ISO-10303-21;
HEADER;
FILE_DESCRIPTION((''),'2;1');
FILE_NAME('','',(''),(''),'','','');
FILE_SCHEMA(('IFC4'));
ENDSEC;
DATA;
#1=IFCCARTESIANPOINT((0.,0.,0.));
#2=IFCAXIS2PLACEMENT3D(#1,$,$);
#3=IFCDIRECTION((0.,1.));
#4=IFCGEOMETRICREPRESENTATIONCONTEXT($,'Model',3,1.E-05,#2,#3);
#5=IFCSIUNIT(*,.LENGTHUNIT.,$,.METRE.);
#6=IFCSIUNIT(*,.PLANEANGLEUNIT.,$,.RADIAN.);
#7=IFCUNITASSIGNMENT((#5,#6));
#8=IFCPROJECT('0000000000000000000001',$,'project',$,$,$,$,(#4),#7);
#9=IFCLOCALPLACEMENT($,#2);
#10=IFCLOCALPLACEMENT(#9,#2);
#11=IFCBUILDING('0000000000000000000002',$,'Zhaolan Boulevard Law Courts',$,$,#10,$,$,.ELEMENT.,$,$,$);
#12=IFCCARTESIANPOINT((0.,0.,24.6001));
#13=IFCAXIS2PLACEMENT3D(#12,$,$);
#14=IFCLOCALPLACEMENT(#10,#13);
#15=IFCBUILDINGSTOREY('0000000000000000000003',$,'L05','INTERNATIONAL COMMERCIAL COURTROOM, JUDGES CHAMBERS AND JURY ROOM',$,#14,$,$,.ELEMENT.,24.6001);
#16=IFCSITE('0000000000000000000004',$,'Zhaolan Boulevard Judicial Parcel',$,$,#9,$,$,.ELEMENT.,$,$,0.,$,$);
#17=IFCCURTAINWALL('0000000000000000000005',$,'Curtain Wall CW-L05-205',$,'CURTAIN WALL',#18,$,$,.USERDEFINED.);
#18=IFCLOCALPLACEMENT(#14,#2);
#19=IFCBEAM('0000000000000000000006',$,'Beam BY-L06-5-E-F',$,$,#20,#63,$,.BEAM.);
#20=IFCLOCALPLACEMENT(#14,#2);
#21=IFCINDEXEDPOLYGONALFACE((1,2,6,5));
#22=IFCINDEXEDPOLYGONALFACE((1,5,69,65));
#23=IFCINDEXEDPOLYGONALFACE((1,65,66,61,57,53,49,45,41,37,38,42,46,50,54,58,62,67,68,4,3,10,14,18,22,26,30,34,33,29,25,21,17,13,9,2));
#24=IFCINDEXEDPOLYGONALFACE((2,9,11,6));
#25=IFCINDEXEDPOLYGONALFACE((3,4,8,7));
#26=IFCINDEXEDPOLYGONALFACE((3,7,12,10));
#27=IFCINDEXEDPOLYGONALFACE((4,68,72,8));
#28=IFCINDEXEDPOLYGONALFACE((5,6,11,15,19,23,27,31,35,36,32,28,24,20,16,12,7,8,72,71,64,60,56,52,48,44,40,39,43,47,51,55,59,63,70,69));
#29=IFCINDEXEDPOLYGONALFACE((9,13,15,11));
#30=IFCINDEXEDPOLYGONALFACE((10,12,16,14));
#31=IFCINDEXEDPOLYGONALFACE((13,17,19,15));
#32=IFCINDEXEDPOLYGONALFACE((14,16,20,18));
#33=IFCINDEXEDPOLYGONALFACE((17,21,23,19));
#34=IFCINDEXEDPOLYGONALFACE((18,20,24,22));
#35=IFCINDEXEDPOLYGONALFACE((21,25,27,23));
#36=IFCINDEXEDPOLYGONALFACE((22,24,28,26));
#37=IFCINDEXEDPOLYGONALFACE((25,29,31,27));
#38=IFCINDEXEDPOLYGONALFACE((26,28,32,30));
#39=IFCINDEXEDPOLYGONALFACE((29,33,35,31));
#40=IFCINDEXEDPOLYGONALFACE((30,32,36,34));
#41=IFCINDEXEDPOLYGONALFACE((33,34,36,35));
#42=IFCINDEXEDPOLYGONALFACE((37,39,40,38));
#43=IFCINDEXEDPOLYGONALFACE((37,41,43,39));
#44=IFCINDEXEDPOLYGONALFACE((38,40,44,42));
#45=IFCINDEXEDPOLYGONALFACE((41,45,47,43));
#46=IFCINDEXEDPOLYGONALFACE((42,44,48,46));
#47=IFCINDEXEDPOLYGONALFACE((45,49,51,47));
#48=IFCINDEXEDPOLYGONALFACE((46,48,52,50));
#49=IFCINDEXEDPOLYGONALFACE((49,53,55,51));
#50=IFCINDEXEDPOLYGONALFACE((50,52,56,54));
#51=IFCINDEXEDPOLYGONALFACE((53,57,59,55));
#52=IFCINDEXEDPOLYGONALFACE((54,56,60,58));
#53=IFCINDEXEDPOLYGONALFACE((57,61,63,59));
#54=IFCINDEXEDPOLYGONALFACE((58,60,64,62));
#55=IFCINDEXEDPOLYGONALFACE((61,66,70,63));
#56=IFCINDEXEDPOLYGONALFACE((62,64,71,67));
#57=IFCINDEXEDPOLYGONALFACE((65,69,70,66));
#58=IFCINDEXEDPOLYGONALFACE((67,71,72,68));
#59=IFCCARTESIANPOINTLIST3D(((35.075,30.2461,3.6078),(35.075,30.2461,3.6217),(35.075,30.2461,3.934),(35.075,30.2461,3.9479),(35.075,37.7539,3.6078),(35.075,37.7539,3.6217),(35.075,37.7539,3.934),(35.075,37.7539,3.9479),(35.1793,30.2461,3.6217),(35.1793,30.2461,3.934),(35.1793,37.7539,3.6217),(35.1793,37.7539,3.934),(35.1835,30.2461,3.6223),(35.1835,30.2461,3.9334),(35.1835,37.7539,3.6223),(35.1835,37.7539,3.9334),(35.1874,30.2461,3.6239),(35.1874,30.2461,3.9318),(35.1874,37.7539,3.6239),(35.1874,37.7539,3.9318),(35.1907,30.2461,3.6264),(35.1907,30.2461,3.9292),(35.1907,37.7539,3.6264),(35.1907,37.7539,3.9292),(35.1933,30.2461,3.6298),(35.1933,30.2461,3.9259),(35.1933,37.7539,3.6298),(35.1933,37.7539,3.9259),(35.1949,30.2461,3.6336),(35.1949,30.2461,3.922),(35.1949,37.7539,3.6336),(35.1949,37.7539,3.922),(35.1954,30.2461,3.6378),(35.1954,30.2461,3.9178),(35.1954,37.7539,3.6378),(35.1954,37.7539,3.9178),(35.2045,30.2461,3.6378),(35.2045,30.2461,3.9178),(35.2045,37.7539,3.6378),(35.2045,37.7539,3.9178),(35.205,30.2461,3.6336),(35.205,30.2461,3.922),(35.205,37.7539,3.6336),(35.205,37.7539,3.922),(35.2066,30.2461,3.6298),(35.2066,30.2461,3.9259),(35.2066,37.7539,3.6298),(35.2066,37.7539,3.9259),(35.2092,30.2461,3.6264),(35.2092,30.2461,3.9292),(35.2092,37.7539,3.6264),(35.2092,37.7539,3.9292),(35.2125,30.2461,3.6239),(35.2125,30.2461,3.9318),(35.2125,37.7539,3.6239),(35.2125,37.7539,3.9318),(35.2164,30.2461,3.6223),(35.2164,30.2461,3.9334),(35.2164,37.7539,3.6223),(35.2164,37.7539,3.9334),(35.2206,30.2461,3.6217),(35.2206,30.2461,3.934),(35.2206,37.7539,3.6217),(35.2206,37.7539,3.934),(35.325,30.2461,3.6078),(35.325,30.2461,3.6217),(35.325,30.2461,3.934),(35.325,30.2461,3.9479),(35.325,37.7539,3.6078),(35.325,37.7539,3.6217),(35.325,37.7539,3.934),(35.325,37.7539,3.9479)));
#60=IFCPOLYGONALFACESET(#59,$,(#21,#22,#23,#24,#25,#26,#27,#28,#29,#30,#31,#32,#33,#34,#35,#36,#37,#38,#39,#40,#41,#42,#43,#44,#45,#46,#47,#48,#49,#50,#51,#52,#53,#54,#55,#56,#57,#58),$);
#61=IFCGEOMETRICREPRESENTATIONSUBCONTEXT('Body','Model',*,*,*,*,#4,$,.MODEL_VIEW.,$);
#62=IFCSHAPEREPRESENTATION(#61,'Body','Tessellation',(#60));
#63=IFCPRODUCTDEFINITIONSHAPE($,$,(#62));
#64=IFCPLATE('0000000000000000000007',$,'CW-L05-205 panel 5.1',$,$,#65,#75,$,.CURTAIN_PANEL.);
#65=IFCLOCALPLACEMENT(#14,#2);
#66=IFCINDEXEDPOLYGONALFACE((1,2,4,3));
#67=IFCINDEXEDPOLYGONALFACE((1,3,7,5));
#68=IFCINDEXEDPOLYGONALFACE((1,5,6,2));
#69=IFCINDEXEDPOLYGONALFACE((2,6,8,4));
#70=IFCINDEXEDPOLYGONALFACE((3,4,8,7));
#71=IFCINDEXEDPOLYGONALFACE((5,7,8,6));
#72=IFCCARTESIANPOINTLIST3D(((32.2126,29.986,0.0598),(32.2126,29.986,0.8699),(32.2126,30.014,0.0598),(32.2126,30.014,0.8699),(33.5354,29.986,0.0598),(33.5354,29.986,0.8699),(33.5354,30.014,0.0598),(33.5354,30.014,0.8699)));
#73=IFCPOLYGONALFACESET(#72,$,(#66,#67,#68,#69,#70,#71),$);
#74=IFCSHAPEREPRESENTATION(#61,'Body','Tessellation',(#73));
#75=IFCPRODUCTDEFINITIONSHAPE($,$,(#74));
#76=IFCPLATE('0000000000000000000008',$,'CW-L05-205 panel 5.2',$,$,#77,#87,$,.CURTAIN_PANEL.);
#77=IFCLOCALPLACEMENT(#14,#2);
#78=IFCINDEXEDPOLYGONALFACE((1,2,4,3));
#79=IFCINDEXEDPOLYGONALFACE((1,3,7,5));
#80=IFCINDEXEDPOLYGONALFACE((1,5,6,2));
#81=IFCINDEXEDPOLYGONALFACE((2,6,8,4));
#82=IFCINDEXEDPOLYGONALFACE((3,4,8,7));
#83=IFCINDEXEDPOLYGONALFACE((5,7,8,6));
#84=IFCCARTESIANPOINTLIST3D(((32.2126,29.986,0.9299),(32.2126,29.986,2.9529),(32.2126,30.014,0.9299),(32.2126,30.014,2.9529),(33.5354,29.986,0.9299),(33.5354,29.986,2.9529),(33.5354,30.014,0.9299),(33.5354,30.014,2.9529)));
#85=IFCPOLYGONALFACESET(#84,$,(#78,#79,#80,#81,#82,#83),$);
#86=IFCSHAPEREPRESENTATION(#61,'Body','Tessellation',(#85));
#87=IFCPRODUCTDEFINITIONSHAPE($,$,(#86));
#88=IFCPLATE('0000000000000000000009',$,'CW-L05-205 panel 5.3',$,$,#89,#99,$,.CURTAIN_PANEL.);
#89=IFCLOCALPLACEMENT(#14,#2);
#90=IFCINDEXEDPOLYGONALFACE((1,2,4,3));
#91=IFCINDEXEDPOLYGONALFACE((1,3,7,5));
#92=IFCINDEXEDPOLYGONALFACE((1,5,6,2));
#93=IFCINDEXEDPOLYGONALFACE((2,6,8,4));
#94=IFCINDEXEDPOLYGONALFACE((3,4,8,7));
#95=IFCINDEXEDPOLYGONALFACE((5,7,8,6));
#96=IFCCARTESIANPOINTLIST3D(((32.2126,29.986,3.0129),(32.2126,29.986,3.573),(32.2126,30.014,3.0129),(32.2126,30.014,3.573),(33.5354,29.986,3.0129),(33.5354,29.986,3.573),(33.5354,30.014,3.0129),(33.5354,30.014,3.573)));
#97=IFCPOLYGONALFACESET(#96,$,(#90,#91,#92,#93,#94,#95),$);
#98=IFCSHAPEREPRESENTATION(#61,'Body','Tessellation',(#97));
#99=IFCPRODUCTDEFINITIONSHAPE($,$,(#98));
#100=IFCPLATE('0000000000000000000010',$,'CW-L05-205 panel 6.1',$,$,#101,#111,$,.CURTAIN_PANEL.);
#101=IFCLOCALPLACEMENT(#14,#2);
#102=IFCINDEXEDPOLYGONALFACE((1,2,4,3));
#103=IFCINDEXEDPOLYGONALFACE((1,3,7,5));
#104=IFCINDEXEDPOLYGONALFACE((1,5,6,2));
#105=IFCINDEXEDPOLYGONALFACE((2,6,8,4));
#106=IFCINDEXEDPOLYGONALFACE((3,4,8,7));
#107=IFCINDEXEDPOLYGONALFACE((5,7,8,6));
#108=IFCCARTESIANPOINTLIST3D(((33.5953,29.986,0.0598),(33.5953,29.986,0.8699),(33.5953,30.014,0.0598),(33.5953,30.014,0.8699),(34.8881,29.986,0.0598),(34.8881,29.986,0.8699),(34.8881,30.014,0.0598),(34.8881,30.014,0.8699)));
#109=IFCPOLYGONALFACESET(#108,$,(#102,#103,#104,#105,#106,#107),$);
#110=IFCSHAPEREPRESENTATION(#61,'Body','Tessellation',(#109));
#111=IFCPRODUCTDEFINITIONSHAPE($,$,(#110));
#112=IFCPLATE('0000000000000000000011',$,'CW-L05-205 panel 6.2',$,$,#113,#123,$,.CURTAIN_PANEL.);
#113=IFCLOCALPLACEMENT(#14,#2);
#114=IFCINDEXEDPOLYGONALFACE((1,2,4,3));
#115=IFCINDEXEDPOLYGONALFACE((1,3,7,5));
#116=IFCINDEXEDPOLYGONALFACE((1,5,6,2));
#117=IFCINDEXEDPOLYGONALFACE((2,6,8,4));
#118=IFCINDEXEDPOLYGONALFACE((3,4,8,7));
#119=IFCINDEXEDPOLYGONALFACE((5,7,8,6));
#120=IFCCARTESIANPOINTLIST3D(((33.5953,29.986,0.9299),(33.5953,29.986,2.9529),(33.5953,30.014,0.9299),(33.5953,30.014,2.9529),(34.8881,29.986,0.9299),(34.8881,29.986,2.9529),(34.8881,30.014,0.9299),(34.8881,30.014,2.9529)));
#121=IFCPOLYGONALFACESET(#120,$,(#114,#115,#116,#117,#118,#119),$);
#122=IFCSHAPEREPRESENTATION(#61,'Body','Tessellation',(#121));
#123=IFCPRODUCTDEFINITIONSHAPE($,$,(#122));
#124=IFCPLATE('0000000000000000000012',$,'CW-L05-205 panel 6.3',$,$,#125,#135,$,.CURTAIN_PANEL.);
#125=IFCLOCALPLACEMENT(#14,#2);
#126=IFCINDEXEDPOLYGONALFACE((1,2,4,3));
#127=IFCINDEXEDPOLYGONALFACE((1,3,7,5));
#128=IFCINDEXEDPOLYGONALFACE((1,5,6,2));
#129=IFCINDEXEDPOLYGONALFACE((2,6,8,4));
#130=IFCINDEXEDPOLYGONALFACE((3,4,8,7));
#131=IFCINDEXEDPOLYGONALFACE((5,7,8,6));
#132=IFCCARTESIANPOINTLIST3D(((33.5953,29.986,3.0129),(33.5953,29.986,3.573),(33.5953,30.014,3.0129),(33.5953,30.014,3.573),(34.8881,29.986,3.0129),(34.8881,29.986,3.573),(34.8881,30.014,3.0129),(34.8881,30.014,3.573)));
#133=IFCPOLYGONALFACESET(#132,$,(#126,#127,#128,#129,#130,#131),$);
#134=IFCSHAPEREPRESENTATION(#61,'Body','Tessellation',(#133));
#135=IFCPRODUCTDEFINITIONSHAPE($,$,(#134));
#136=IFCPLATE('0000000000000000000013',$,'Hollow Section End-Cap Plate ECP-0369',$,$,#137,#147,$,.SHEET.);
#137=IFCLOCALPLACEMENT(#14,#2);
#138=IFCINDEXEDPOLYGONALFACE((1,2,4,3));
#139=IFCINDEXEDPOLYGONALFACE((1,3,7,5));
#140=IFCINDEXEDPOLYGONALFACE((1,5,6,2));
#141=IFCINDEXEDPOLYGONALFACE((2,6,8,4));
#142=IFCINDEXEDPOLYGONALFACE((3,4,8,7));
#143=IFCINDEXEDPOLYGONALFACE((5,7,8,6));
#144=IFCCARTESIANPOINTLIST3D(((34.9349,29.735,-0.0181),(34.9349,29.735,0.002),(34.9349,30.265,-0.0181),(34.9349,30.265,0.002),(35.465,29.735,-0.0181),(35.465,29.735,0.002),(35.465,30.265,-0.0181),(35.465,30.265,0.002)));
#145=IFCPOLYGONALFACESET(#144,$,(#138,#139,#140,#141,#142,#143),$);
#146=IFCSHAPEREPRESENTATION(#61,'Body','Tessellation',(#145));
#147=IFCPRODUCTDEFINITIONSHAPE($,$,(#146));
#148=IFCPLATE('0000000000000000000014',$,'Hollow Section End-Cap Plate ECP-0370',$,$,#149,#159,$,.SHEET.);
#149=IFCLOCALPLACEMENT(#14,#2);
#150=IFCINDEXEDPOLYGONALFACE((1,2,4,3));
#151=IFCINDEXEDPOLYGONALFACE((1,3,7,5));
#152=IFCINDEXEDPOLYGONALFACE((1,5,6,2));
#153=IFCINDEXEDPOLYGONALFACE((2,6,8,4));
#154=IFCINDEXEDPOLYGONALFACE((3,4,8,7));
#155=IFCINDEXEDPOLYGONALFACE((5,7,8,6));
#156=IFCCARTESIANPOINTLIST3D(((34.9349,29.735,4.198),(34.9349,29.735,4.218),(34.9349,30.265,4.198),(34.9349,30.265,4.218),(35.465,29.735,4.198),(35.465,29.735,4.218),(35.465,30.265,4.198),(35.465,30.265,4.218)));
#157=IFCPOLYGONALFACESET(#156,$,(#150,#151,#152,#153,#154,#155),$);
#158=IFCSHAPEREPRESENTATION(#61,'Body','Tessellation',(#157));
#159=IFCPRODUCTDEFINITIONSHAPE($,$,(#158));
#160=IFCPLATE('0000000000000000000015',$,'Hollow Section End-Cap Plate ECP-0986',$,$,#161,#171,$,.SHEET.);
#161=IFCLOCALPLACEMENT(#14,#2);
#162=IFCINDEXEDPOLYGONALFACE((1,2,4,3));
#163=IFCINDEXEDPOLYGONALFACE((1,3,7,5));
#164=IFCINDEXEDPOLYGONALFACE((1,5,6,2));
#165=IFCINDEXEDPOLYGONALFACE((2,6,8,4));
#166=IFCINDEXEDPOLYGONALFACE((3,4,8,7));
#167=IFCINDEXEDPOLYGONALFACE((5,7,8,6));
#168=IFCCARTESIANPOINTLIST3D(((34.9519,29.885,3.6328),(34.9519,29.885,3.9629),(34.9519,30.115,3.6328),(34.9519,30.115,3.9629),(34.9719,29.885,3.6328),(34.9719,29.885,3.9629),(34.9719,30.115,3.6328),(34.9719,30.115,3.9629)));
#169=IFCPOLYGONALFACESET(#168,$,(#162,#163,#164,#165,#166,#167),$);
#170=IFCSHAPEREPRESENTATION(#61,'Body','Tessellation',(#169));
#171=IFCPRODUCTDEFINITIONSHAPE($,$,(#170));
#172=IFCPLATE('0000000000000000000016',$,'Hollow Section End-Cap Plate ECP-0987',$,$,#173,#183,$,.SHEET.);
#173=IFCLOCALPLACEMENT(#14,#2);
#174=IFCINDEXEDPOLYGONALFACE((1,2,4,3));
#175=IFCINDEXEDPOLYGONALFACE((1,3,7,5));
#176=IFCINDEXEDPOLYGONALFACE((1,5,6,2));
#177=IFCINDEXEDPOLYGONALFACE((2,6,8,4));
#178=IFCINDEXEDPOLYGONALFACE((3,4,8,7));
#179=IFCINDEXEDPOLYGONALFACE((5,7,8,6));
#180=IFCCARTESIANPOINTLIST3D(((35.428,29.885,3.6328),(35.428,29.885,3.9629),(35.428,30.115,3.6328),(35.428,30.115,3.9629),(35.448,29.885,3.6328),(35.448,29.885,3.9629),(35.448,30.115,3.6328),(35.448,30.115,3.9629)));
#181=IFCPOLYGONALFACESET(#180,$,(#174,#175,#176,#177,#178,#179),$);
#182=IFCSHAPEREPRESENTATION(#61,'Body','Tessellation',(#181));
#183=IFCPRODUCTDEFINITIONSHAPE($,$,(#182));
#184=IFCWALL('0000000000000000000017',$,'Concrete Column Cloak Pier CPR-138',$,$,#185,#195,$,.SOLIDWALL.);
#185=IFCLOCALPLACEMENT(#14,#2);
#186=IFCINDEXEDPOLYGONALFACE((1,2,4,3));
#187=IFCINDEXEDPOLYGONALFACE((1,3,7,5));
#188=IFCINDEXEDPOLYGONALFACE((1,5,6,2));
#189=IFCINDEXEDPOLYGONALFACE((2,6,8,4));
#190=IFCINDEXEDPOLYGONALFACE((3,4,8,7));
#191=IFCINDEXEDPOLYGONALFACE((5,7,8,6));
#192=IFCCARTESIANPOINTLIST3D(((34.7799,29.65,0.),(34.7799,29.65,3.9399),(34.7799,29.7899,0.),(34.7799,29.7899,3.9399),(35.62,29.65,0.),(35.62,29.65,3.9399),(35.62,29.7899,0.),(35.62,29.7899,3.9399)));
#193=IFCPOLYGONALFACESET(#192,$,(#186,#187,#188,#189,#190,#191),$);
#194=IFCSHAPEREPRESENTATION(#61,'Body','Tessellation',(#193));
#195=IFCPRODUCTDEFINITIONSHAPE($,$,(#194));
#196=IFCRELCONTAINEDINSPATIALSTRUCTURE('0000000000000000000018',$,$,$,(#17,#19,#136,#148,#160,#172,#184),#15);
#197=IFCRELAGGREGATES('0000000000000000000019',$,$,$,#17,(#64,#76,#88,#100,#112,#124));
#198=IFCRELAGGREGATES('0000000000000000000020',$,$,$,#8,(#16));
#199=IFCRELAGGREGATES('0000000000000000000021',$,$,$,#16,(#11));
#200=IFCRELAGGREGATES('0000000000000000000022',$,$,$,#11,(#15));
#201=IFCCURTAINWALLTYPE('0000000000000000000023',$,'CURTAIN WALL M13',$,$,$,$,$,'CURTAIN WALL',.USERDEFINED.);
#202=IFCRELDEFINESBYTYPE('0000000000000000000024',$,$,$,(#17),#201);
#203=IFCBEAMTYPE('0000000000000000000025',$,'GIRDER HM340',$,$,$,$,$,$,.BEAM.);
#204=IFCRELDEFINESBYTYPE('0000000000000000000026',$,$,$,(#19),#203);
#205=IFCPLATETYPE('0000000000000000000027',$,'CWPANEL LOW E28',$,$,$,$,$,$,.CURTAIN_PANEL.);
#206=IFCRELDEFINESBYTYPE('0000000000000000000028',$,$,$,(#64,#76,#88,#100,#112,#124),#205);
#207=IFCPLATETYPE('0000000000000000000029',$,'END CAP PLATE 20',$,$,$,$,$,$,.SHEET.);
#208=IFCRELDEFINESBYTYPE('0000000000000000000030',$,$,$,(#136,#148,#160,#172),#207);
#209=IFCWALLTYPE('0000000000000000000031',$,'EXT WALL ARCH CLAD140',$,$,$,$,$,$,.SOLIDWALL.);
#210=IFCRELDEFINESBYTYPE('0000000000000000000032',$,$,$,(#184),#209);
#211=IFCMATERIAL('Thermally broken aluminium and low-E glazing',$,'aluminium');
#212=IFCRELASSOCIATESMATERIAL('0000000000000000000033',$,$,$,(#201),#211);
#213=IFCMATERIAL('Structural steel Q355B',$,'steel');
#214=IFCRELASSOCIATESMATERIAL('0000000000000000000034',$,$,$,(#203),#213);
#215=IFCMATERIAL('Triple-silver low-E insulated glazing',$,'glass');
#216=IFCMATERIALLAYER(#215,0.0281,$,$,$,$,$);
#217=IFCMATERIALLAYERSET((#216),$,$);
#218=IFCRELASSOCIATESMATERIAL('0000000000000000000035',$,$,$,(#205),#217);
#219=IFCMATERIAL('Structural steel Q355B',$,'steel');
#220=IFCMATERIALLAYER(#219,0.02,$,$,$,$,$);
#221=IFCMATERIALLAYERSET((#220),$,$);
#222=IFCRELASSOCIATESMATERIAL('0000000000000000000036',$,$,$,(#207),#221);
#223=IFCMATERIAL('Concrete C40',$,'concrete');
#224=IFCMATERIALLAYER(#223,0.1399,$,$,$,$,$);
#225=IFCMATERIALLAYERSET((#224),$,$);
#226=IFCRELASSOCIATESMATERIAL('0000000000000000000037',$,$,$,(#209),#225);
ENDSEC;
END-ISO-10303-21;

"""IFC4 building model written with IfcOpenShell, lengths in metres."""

from ifc_helpers import new_model, si_unit, direction, frame, frame_2d, origin, origin_2d, place, context, subcontext, project, spatial, rectangle, i_section, extrude, material, layer, layer_set, material_profile, profile_set, type_object, element, aggregate, save


model = new_model("IFC4")

# Units and contexts
model_context = context("Model", 3, precision=1e-05, world=origin(), true_north=direction((0.0, 1.0)))
body_context = subcontext(model_context, "Body", "Model", "MODEL_VIEW")
ifc_project = project(units=[si_unit("LENGTHUNIT", "METRE"), si_unit("PLANEANGLEUNIT", "RADIAN")], contexts=[model_context])

# Site, building, storey
site_placement = place(None, origin())
site = spatial("IfcSite", under=ifc_project, at=site_placement, Name="Zhaolan Boulevard Judicial Parcel", CompositionType="ELEMENT", RefElevation=0.0)
building_placement = place(site_placement, origin())
building = spatial("IfcBuilding", under=site, at=building_placement, Name="Zhaolan Boulevard Law Courts", CompositionType="ELEMENT")
storey_placement = place(building_placement, frame((0.0, 0.0, 24.6001)))
storey = spatial("IfcBuildingStorey", under=building, at=storey_placement, Name="L05", Description="INTERNATIONAL COMMERCIAL COURTROOM, JUDGES CHAMBERS AND JURY ROOM", CompositionType="ELEMENT", Elevation=24.6001)

# Curtain wall
ifc_material_1 = material(Name="Thermally broken aluminium and low-E glazing", Category="aluminium")
curtain_wall_type = type_object("IfcCurtainWallType", Name="CURTAIN WALL M13", ElementType="CURTAIN WALL", PredefinedType="USERDEFINED", material=ifc_material_1)
curtain_wall_placement = place(storey_placement, origin())
curtain_wall = element("IfcCurtainWall", 1, at=curtain_wall_placement, inside=storey, type_object=curtain_wall_type, Name="Curtain Wall CW-L05-205", ObjectType="CURTAIN WALL", PredefinedType="USERDEFINED")

# Beam
ifc_material_2 = material(Name="Structural steel Q355B", Category="steel")
ifc_material_profile_1 = material_profile(ifc_material_2, i_section(OverallWidth=0.25, OverallDepth=0.3401, WebThickness=0.009, FlangeThickness=0.0139, FilletRadius=0.0161, at=origin_2d()), Name="HM340x250")
ifc_profile_set_1 = profile_set([ifc_material_profile_1], Name="Structural steel Q355B")
beam_type = type_object("IfcBeamType", Name="GIRDER HM340", PredefinedType="BEAM", material=ifc_profile_set_1)
beam_placement = place(storey_placement, frame((35.2, 30.2461, 3.7778), z_axis=(0.0, 1.0, 0.0), x_axis=(-1.0, 0.0, 0.0)))
element("IfcBeam", 2, at=beam_placement, inside=storey, type_object=beam_type, Name="Beam BY-L06-5-E-F", PredefinedType="BEAM", context=body_context, shape_type="SweptSolid", body=[
    extrude(i_section(OverallWidth=0.25, OverallDepth=0.3401, WebThickness=0.009, FlangeThickness=0.0139, FilletRadius=0.0161, at=origin_2d()), origin(), (0.0, 0.0, 1.0), 7.5078),
])

# Plates
ifc_material_3 = material(Name="Triple-silver low-E insulated glazing", Category="glass")
ifc_layer_1 = layer(ifc_material_3, 0.0281)
ifc_layer_set_1 = layer_set([ifc_layer_1])
plate_type_1 = type_object("IfcPlateType", Name="CWPANEL LOW E28", PredefinedType="CURTAIN_PANEL", material=ifc_layer_set_1)
plate_1_placement = place(storey_placement, frame((32.874, 30.0, 0.0598), z_axis=(0.0, 0.0, 1.0), x_axis=(1.0, 0.0, 0.0)))
plate_1 = element("IfcPlate", 3, at=plate_1_placement, type_object=plate_type_1, Name="CW-L05-205 panel 5.1", PredefinedType="CURTAIN_PANEL", context=body_context, shape_type="SweptSolid", body=[
    extrude(rectangle(XDim=1.3228, YDim=0.0281, at=origin_2d()), origin(), (0.0, 0.0, 1.0), 0.8101),
])
plate_2_placement = place(storey_placement, frame((32.874, 30.0, 0.9299), z_axis=(0.0, 0.0, 1.0), x_axis=(1.0, 0.0, 0.0)))
plate_2 = element("IfcPlate", 4, at=plate_2_placement, type_object=plate_type_1, Name="CW-L05-205 panel 5.2", PredefinedType="CURTAIN_PANEL", context=body_context, shape_type="SweptSolid", body=[
    extrude(rectangle(XDim=1.3228, YDim=0.0281, at=origin_2d()), origin(), (0.0, 0.0, 1.0), 2.0229),
])
plate_3_placement = place(storey_placement, frame((32.874, 30.0, 3.0129), z_axis=(0.0, 0.0, 1.0), x_axis=(1.0, 0.0, 0.0)))
plate_3 = element("IfcPlate", 5, at=plate_3_placement, type_object=plate_type_1, Name="CW-L05-205 panel 5.3", PredefinedType="CURTAIN_PANEL", context=body_context, shape_type="SweptSolid", body=[
    extrude(rectangle(XDim=1.3228, YDim=0.0281, at=origin_2d()), origin(), (0.0, 0.0, 1.0), 0.5601),
])
plate_4_placement = place(storey_placement, frame((34.2417, 30.0, 0.0598), z_axis=(0.0, 0.0, 1.0), x_axis=(1.0, 0.0, 0.0)))
plate_4 = element("IfcPlate", 6, at=plate_4_placement, type_object=plate_type_1, Name="CW-L05-205 panel 6.1", PredefinedType="CURTAIN_PANEL", context=body_context, shape_type="SweptSolid", body=[
    extrude(rectangle(XDim=1.2927, YDim=0.0281, at=origin_2d()), origin(), (0.0, 0.0, 1.0), 0.8101),
])
plate_5_placement = place(storey_placement, frame((34.2417, 30.0, 0.9299), z_axis=(0.0, 0.0, 1.0), x_axis=(1.0, 0.0, 0.0)))
plate_5 = element("IfcPlate", 7, at=plate_5_placement, type_object=plate_type_1, Name="CW-L05-205 panel 6.2", PredefinedType="CURTAIN_PANEL", context=body_context, shape_type="SweptSolid", body=[
    extrude(rectangle(XDim=1.2927, YDim=0.0281, at=origin_2d()), origin(), (0.0, 0.0, 1.0), 2.0229),
])
plate_6_placement = place(storey_placement, frame((34.2417, 30.0, 3.0129), z_axis=(0.0, 0.0, 1.0), x_axis=(1.0, 0.0, 0.0)))
plate_6 = element("IfcPlate", 8, at=plate_6_placement, type_object=plate_type_1, Name="CW-L05-205 panel 6.3", PredefinedType="CURTAIN_PANEL", context=body_context, shape_type="SweptSolid", body=[
    extrude(rectangle(XDim=1.2927, YDim=0.0281, at=origin_2d()), origin(), (0.0, 0.0, 1.0), 0.5601),
])
aggregate(curtain_wall, [plate_1, plate_2, plate_3, plate_4, plate_5, plate_6])

# Plates
ifc_material_4 = material(Name="Structural steel Q355B", Category="steel")
ifc_layer_2 = layer(ifc_material_4, 0.02)
ifc_layer_set_2 = layer_set([ifc_layer_2])
plate_type_2 = type_object("IfcPlateType", Name="END CAP PLATE 20", PredefinedType="SHEET", material=ifc_layer_set_2)
for number, where, z_axis, x_axis, name in (
    (9, (35.2, 30.0, -0.0181), (0.0, 0.0, 1.0), (1.0, 0.0, 0.0), "Hollow Section End-Cap Plate ECP-0369"),
    (10, (35.2, 30.0, 4.198), (0.0, 0.0, 1.0), (1.0, 0.0, 0.0), "Hollow Section End-Cap Plate ECP-0370"),
):
    element("IfcPlate", number, at=place(storey_placement, frame(where, z_axis=z_axis, x_axis=x_axis)), inside=storey, type_object=plate_type_2, Name=name, PredefinedType="SHEET", context=body_context, shape_type="SweptSolid", body=[
        extrude(rectangle(XDim=0.53, YDim=0.53, at=origin_2d()), origin(), (0.0, 0.0, 1.0), 0.02),
    ])
for number, where, z_axis, x_axis, name in (
    (11, (34.9619, 30.0, 3.6328), (0.0, 0.0, 1.0), (1.0, 0.0, 0.0), "Hollow Section End-Cap Plate ECP-0986"),
    (12, (35.438, 30.0, 3.6328), (0.0, 0.0, 1.0), (1.0, 0.0, 0.0), "Hollow Section End-Cap Plate ECP-0987"),
):
    element("IfcPlate", number, at=place(storey_placement, frame(where, z_axis=z_axis, x_axis=x_axis)), inside=storey, type_object=plate_type_2, Name=name, PredefinedType="SHEET", context=body_context, shape_type="SweptSolid", body=[
        extrude(rectangle(XDim=0.02, YDim=0.23, at=origin_2d()), origin(), (0.0, 0.0, 1.0), 0.3301),
    ])

# Wall
ifc_material_5 = material(Name="Concrete C40", Category="concrete")
ifc_layer_3 = layer(ifc_material_5, 0.1399)
ifc_layer_set_3 = layer_set([ifc_layer_3])
wall_type = type_object("IfcWallType", Name="EXT WALL ARCH CLAD140", PredefinedType="SOLIDWALL", material=ifc_layer_set_3)
wall_placement = place(storey_placement, frame((34.78, 29.72, 0.0), z_axis=(0.0, 0.0, 1.0), x_axis=(1.0, 0.0, 0.0)))
element("IfcWall", 13, at=wall_placement, inside=storey, type_object=wall_type, Name="Concrete Column Cloak Pier CPR-138", PredefinedType="SOLIDWALL", context=body_context, shape_type="SweptSolid", body=[
    extrude(rectangle(XDim=0.8401, YDim=0.1399, at=frame_2d((0.4199, 0.0))), origin(), (0.0, 0.0, 1.0), 3.9399),
])

save(model, "model.ifc")
